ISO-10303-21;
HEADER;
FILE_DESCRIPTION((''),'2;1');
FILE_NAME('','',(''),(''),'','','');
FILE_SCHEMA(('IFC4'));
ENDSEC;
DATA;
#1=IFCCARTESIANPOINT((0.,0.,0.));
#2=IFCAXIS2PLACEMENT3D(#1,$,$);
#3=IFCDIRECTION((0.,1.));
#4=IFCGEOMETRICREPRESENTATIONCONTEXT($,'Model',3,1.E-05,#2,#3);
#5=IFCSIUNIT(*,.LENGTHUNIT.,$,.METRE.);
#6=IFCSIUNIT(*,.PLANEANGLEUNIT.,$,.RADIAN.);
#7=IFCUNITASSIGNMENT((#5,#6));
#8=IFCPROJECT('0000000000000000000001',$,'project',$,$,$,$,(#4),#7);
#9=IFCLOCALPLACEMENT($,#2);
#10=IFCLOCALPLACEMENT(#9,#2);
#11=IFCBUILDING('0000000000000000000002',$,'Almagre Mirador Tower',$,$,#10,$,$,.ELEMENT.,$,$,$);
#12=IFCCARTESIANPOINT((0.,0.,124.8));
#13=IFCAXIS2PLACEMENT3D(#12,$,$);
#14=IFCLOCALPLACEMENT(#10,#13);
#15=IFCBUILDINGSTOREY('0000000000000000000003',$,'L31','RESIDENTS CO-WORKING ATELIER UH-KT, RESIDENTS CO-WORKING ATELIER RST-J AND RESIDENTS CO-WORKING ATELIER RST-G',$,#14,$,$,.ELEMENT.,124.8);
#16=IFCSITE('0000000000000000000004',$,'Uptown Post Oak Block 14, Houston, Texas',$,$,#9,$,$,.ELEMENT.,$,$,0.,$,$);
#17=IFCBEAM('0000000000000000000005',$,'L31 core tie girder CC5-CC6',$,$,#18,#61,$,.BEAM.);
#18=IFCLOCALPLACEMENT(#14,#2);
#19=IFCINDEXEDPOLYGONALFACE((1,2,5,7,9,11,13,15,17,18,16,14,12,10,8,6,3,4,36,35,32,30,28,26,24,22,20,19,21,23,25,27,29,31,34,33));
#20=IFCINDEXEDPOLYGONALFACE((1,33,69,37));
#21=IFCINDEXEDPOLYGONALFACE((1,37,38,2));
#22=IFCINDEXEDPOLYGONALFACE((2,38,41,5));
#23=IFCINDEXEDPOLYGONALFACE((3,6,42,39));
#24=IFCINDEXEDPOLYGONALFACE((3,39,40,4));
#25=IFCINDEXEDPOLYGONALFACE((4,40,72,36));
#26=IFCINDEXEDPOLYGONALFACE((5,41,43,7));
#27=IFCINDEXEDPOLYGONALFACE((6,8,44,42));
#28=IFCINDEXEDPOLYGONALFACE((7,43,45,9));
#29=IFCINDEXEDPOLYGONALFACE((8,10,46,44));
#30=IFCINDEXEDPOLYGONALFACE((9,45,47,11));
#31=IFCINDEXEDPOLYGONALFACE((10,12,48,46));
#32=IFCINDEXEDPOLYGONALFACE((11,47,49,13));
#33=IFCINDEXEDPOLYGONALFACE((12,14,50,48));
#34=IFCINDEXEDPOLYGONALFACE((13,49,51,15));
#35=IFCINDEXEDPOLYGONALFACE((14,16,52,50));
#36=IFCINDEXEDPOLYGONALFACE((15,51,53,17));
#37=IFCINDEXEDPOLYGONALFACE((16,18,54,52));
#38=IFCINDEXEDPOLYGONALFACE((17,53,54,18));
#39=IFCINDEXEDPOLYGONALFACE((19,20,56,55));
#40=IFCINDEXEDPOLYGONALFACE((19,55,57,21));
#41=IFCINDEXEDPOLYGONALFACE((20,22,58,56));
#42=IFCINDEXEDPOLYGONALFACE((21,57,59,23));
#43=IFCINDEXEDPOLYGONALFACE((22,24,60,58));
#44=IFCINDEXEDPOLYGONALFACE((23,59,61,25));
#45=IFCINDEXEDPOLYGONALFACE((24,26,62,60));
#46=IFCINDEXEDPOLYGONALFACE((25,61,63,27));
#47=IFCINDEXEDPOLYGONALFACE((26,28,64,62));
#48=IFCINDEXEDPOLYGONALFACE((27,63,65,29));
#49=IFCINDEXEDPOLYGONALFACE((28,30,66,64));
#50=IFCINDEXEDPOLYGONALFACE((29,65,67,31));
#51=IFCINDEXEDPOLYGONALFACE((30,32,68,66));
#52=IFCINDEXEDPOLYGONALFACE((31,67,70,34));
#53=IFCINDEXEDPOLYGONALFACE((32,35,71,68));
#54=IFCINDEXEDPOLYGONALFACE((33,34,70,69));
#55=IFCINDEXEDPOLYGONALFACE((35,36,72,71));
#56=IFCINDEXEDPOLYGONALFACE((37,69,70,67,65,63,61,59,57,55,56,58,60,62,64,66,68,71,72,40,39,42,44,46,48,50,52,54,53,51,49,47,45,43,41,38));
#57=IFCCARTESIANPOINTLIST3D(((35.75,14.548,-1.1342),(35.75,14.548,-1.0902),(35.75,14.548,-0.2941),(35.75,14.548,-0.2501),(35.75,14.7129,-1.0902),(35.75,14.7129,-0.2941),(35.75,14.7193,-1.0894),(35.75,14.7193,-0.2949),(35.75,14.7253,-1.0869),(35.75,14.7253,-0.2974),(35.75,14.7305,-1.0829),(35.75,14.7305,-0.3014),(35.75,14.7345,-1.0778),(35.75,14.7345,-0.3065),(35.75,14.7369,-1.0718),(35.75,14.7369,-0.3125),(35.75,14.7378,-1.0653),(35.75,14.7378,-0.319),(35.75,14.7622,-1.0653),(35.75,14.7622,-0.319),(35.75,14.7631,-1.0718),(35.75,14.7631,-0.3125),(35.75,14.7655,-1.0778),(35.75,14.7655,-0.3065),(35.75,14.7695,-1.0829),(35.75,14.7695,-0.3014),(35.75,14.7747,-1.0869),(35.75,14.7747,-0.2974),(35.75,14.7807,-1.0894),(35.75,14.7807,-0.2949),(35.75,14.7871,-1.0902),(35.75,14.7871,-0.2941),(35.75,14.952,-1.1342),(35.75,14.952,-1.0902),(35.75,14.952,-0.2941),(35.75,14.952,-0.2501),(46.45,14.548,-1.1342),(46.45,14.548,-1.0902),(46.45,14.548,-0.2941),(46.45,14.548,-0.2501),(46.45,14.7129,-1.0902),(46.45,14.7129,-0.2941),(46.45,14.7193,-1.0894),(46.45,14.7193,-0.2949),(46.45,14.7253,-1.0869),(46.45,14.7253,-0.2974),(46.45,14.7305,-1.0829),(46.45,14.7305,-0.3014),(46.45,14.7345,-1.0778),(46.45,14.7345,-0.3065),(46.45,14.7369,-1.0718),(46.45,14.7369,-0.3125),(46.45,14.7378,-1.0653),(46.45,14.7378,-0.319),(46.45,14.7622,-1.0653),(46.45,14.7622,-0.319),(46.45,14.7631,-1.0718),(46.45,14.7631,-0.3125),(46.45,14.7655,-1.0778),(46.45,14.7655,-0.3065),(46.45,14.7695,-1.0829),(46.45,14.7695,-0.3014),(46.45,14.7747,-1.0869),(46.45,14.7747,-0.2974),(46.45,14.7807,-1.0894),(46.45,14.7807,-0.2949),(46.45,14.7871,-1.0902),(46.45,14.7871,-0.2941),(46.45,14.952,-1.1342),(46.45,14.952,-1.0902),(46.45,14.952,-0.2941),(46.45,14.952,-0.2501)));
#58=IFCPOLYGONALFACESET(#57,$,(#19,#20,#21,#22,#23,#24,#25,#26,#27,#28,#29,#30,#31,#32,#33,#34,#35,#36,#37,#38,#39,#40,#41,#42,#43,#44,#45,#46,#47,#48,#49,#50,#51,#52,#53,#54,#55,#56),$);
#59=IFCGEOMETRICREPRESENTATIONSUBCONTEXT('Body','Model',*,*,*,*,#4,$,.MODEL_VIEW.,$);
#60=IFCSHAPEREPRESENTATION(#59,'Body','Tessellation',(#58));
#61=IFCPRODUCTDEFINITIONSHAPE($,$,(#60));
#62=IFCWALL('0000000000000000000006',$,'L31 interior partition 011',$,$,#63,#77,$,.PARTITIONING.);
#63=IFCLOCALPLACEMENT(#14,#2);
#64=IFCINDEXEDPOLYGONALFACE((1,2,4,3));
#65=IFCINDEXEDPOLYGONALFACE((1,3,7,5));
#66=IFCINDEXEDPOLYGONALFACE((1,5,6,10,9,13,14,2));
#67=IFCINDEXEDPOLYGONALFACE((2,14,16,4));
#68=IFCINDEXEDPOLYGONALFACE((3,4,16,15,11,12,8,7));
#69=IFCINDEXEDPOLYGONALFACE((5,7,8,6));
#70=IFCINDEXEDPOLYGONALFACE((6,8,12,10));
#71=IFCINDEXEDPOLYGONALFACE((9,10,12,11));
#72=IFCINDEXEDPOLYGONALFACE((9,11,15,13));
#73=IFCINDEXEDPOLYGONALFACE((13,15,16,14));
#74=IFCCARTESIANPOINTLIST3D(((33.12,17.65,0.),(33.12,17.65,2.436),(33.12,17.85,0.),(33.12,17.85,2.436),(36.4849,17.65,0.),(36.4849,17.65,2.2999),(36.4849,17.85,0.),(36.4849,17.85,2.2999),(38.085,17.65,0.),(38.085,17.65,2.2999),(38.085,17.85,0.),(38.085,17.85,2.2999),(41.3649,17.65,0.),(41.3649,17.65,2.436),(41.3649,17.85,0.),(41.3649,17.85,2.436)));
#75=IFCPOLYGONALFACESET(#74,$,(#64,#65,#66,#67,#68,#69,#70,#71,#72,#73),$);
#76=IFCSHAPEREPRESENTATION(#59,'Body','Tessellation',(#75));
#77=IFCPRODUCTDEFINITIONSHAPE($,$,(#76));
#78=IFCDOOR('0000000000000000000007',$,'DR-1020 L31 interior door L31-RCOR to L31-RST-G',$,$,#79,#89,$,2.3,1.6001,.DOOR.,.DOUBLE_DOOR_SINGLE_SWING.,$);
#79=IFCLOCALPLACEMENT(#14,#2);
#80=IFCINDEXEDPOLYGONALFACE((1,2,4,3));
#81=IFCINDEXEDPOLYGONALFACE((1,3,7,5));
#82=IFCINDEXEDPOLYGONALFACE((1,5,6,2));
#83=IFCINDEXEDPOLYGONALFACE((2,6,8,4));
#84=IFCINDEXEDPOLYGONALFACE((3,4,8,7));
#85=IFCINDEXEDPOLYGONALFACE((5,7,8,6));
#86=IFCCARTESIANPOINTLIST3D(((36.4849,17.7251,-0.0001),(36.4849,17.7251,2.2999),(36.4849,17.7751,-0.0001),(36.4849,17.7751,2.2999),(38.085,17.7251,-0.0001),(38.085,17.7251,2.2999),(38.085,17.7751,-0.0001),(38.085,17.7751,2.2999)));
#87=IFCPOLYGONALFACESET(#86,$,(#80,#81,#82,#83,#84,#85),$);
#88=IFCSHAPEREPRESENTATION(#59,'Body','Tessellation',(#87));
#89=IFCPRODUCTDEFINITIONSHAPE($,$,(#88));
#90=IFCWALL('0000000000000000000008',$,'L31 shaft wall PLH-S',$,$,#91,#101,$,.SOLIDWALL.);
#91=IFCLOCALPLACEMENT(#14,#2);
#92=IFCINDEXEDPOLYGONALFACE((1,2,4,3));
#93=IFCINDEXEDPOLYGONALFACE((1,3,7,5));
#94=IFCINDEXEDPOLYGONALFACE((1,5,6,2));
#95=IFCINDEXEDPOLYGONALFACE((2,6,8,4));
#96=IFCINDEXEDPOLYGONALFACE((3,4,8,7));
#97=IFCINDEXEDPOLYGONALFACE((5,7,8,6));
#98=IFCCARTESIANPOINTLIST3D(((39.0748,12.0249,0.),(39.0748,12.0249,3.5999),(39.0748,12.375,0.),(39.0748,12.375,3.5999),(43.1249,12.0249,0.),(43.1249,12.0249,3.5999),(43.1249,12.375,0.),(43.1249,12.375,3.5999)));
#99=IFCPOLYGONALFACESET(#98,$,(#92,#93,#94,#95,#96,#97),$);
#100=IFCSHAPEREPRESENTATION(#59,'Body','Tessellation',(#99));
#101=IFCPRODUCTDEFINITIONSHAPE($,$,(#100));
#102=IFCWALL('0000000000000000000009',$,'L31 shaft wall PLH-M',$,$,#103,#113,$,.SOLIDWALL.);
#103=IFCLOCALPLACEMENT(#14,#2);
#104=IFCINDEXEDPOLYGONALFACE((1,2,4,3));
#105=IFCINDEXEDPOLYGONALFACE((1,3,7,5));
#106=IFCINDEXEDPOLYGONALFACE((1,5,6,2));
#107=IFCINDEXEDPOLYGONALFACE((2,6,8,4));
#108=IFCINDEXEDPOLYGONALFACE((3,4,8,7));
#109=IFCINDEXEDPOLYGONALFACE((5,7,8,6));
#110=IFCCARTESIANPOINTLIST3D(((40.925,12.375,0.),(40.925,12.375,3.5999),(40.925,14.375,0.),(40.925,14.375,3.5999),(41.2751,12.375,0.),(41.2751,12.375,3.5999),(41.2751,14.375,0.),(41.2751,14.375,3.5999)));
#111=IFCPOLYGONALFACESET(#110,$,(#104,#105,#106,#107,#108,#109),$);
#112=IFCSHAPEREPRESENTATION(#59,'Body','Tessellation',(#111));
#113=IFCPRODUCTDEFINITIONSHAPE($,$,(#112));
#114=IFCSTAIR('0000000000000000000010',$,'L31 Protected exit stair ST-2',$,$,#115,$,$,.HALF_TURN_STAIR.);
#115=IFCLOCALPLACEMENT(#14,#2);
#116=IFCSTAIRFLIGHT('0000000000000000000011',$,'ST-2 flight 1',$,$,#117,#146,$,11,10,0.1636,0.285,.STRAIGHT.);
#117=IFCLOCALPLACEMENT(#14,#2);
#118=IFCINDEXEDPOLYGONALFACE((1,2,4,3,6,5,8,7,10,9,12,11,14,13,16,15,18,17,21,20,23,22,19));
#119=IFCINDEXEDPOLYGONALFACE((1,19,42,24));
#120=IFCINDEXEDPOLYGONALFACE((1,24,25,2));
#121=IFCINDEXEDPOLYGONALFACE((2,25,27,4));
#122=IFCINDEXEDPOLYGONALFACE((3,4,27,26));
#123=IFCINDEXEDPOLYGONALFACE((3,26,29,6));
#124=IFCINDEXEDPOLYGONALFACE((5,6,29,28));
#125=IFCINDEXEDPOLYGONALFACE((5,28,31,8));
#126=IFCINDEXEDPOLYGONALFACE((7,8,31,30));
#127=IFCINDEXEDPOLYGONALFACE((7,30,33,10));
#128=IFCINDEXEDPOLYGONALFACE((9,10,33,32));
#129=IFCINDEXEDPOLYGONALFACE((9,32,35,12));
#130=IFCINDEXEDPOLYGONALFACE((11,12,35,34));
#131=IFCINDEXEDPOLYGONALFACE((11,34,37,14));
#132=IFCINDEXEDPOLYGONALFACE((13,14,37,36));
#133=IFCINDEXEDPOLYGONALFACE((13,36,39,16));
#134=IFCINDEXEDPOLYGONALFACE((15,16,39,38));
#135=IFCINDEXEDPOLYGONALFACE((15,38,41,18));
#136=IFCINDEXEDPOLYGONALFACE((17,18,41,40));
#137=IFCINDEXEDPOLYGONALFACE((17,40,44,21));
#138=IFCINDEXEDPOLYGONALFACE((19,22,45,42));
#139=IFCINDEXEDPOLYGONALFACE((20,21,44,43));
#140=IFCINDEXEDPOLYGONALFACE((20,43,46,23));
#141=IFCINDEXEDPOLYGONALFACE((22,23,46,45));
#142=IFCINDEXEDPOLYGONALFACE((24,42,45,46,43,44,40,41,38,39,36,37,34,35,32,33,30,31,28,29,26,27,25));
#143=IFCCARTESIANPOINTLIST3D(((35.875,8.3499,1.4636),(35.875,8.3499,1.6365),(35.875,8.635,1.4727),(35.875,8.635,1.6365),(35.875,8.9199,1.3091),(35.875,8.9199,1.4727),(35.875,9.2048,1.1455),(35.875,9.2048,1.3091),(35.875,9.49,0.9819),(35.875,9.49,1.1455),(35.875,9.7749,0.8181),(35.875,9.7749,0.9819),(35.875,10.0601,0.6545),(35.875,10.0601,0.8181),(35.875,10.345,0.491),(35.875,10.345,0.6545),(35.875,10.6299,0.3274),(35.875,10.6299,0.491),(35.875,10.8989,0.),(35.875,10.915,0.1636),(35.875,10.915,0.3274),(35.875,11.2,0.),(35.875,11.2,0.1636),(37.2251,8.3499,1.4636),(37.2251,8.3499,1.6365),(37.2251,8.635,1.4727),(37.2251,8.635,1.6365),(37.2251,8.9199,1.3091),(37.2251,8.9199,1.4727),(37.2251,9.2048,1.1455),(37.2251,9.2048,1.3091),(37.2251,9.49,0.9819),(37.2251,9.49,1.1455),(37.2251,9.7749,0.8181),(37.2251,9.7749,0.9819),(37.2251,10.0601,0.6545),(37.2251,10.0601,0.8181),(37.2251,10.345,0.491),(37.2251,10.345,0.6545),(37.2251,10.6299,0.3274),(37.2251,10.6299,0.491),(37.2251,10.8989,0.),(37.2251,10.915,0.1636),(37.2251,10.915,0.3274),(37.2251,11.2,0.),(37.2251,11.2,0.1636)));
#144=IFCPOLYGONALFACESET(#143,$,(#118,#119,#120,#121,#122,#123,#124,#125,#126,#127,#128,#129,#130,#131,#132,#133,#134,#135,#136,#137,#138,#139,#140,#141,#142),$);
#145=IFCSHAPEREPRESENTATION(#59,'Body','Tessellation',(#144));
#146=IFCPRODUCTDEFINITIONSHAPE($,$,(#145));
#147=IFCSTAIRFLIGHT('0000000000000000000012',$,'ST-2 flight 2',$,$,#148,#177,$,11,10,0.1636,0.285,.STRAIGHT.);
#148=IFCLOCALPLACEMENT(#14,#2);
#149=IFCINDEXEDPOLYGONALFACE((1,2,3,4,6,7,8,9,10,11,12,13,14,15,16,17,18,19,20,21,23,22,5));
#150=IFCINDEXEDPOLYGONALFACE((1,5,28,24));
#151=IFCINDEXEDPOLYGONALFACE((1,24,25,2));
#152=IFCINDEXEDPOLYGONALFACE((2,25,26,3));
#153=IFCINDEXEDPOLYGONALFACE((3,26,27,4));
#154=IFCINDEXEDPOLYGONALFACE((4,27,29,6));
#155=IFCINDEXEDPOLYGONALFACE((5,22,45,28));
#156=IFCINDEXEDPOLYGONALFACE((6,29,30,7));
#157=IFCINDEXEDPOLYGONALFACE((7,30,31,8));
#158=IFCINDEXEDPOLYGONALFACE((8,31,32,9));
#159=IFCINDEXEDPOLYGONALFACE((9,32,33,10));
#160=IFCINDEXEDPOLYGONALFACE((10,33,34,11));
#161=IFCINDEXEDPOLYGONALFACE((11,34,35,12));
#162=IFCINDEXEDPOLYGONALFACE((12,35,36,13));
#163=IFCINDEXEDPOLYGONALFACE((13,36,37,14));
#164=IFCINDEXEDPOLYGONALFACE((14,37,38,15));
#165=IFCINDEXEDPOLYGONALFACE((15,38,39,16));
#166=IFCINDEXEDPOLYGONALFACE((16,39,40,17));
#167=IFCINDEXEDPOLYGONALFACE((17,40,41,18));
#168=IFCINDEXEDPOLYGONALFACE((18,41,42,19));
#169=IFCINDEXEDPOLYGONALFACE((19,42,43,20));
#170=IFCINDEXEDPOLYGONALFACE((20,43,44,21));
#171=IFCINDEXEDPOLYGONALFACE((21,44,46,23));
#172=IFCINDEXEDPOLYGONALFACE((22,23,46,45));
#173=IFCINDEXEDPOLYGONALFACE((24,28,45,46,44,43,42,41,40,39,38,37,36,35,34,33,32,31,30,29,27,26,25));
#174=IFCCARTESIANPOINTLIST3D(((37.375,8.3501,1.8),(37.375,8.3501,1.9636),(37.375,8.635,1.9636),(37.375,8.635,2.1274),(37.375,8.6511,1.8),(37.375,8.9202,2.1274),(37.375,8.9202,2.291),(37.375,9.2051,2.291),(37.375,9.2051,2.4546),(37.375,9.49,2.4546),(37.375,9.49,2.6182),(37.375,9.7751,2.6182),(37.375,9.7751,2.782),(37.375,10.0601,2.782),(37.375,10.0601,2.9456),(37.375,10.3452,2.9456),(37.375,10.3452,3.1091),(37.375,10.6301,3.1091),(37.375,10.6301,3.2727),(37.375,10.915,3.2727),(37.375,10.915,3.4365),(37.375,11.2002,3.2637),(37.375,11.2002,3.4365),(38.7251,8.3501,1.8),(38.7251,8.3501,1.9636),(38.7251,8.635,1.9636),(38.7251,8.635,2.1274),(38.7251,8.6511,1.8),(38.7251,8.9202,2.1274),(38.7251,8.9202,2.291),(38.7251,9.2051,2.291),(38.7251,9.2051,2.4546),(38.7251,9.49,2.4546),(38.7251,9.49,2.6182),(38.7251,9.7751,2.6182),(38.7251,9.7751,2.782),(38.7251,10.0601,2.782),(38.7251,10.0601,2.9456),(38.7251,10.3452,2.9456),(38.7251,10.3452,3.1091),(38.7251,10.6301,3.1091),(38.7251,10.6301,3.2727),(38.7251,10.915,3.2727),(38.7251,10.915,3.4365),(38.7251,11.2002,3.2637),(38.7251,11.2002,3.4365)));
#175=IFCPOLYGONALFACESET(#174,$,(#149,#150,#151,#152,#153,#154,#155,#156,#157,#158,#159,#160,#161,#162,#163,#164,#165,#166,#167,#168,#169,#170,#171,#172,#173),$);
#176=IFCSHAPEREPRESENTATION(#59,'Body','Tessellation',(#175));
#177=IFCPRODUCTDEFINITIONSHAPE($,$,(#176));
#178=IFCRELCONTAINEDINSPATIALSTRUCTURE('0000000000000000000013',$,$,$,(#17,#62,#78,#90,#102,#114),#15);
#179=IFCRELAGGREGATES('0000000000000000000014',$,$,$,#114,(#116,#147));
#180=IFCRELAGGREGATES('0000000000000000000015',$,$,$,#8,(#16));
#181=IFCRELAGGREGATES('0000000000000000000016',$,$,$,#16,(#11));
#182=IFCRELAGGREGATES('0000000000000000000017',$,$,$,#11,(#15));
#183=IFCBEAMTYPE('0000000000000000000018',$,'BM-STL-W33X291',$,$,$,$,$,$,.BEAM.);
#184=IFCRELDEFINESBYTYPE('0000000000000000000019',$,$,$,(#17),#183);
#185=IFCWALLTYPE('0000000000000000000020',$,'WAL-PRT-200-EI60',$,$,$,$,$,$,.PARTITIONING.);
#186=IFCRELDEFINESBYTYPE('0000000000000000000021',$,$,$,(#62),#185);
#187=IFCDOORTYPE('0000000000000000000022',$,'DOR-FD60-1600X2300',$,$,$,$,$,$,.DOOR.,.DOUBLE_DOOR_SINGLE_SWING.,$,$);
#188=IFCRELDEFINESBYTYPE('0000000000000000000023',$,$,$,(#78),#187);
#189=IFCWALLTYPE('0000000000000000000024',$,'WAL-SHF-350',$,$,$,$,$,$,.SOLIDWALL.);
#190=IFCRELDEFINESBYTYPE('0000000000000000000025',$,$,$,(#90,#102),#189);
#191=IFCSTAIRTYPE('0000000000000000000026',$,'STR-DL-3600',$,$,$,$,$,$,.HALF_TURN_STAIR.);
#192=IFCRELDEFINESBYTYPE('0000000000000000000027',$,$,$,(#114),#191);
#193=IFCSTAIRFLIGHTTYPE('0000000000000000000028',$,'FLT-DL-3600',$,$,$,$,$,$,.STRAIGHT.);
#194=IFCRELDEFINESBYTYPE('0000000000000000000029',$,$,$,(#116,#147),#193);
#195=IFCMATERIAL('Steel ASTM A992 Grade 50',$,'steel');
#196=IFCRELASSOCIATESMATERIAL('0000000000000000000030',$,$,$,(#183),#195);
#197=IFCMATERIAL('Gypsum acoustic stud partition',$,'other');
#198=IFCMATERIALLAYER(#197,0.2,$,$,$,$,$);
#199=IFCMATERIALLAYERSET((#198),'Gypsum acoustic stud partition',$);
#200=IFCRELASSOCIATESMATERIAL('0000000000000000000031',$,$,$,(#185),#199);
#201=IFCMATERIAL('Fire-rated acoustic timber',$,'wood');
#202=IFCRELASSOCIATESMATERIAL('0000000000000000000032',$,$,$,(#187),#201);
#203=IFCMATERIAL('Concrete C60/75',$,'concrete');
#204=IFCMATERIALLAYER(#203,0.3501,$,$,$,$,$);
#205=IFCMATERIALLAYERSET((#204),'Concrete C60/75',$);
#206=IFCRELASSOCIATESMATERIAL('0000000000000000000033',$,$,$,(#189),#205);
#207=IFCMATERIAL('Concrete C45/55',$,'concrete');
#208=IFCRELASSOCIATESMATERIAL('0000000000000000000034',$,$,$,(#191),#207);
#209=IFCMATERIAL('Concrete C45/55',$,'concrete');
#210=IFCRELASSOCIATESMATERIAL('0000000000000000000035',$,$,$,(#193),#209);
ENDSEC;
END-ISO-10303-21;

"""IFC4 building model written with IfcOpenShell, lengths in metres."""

from ifc_helpers import new_model, si_unit, direction, frame, frame_2d, origin, origin_2d, place, context, subcontext, project, spatial, polyline, rectangle, i_section, outline, extrude, material, layer, layer_set, material_profile, profile_set, type_object, element, fill, aggregate, save


model = new_model("IFC4")

# Units and contexts
model_context = context("Model", 3, precision=1e-05, world=origin(), true_north=direction((0.0, 1.0)))
body_context = subcontext(model_context, "Body", "Model", "MODEL_VIEW")
ifc_project = project(units=[si_unit("LENGTHUNIT", "METRE"), si_unit("PLANEANGLEUNIT", "RADIAN")], contexts=[model_context])

# Site, building, storey
site_placement = place(None, origin())
site = spatial("IfcSite", under=ifc_project, at=site_placement, Name="Uptown Post Oak Block 14, Houston, Texas", CompositionType="ELEMENT", RefElevation=0.0)
building_placement = place(site_placement, origin())
building = spatial("IfcBuilding", under=site, at=building_placement, Name="Almagre Mirador Tower", CompositionType="ELEMENT")
storey_placement = place(building_placement, frame((0.0, 0.0, 124.8)))
storey = spatial("IfcBuildingStorey", under=building, at=storey_placement, Name="L31", Description="RESIDENTS CO-WORKING ATELIER UH-KT, RESIDENTS CO-WORKING ATELIER RST-J AND RESIDENTS CO-WORKING ATELIER RST-G", CompositionType="ELEMENT", Elevation=124.8)

# Beam
ifc_material_1 = material(Name="Steel ASTM A992 Grade 50", Category="steel")
ifc_material_profile = material_profile(ifc_material_1, i_section(OverallWidth=0.4041, OverallDepth=0.884, WebThickness=0.0244, FlangeThickness=0.0439, FilletRadius=0.0249, at=origin_2d()), Name="W33X291")
ifc_profile_set = profile_set([ifc_material_profile], Name="Steel ASTM A992 Grade 50")
beam_type = type_object("IfcBeamType", Name="BM-STL-W33X291", PredefinedType="BEAM", material=ifc_profile_set)
beam_placement = place(storey_placement, frame((35.75, 14.75, -0.6921), z_axis=(1.0, 0.0, 0.0), x_axis=(0.0, 1.0, 0.0)))
element("IfcBeam", 1, at=beam_placement, inside=storey, type_object=beam_type, Name="L31 core tie girder CC5-CC6", PredefinedType="BEAM", context=body_context, shape_type="SweptSolid", body=[
    extrude(i_section(OverallWidth=0.4041, OverallDepth=0.884, WebThickness=0.0244, FlangeThickness=0.0439, FilletRadius=0.0249, at=origin_2d()), origin(), (0.0, 0.0, 1.0), 10.7),
])

# Wall, opening, door
ifc_material_2 = material(Name="Gypsum acoustic stud partition", Category="other")
ifc_layer_1 = layer(ifc_material_2, 0.2)
ifc_layer_set_1 = layer_set([ifc_layer_1], Name="Gypsum acoustic stud partition")
wall_type_1 = type_object("IfcWallType", Name="WAL-PRT-200-EI60", PredefinedType="PARTITIONING", material=ifc_layer_set_1)
wall_1_placement = place(storey_placement, frame((41.365, 17.75, 0.0), z_axis=(0.0, 0.0, 1.0), x_axis=(-1.0, 0.0, 0.0)))
wall_1 = element("IfcWall", 2, at=wall_1_placement, inside=storey, type_object=wall_type_1, Name="L31 interior partition 011", PredefinedType="PARTITIONING", context=body_context, shape_type="SweptSolid", body=[
    extrude(rectangle(XDim=8.2449, YDim=0.2, at=frame_2d((4.1226, 0.0))), origin(), (0.0, 0.0, 1.0), 2.436),
])
opening_1_placement = place(wall_1_placement, frame((3.28, 0.0, 0.0)))
opening_1 = element("IfcOpeningElement", 3, at=opening_1_placement, cuts=wall_1, PredefinedType="OPENING", context=body_context, shape_type="SweptSolid", body=[
    extrude(rectangle(XDim=1.6001, YDim=2.3, at=frame_2d((0.8, 1.1499))), frame((0.0, 0.1101, 0.0), z_axis=(0.0, -1.0, 0.0), x_axis=(1.0, 0.0, 0.0)), (0.0, 0.0, 1.0), 0.22),
])
ifc_material_3 = material(Name="Fire-rated acoustic timber", Category="wood")
door_type_1 = type_object("IfcDoorType", Name="DOR-FD60-1600X2300", OperationType="DOUBLE_DOOR_SINGLE_SWING", PredefinedType="DOOR", material=ifc_material_3)
door_1_placement = place(opening_1_placement, origin())
door_1 = element("IfcDoor", 4, at=door_1_placement, inside=storey, type_object=door_type_1, Name="DR-1020 L31 interior door L31-RCOR to L31-RST-G", OperationType="DOUBLE_DOOR_SINGLE_SWING", OverallHeight=2.3, OverallWidth=1.6001, PredefinedType="DOOR", context=body_context, shape_type="SweptSolid", body=[
    extrude(rectangle(XDim=1.6001, YDim=2.3, at=frame_2d((0.8, 1.1499))), frame((0.0, 0.0249, 0.0), z_axis=(0.0, -1.0, 0.0), x_axis=(1.0, 0.0, 0.0)), (0.0, 0.0, 1.0), 0.05),
])
fill(opening_1, door_1)

# Walls
ifc_material_4 = material(Name="Concrete C60/75", Category="concrete")
ifc_layer_2 = layer(ifc_material_4, 0.3501)
ifc_layer_set_2 = layer_set([ifc_layer_2], Name="Concrete C60/75")
wall_type_2 = type_object("IfcWallType", Name="WAL-SHF-350", PredefinedType="SOLIDWALL", material=ifc_layer_set_2)
wall_2_placement = place(storey_placement, frame((39.075, 12.2, 0.0), z_axis=(0.0, 0.0, 1.0), x_axis=(1.0, 0.0, 0.0)))
element("IfcWall", 5, at=wall_2_placement, inside=storey, type_object=wall_type_2, Name="L31 shaft wall PLH-S", PredefinedType="SOLIDWALL", context=body_context, shape_type="SweptSolid", body=[
    extrude(rectangle(XDim=4.05, YDim=0.3501, at=frame_2d((2.0249, 0.0))), origin(), (0.0, 0.0, 1.0), 3.5999),
])
wall_3_placement = place(storey_placement, frame((41.1001, 12.375, 0.0), z_axis=(0.0, 0.0, 1.0), x_axis=(0.0, 1.0, 0.0)))
element("IfcWall", 6, at=wall_3_placement, inside=storey, type_object=wall_type_2, Name="L31 shaft wall PLH-M", PredefinedType="SOLIDWALL", context=body_context, shape_type="SweptSolid", body=[
    extrude(rectangle(XDim=2.0, YDim=0.3501, at=frame_2d((1.0, 0.0))), origin(), (0.0, 0.0, 1.0), 3.5999),
])

# Stair, stair flights
ifc_material_5 = material(Name="Concrete C45/55", Category="concrete")
stair_type = type_object("IfcStairType", Name="STR-DL-3600", PredefinedType="HALF_TURN_STAIR", material=ifc_material_5)
stair_1_placement = place(storey_placement, origin())
stair_1 = element("IfcStair", 7, at=stair_1_placement, inside=storey, type_object=stair_type, Name="L31 Protected exit stair ST-2", PredefinedType="HALF_TURN_STAIR")
ifc_material_6 = material(Name="Concrete C45/55", Category="concrete")
stair_flight_type = type_object("IfcStairFlightType", Name="FLT-DL-3600", PredefinedType="STRAIGHT", material=ifc_material_6)
stair_flight_1_placement = place(storey_placement, frame((36.55, 11.2, 0.0), z_axis=(0.0, 0.0, 1.0), x_axis=(0.0, -1.0, 0.0)))
stair_flight_1 = element("IfcStairFlight", 8, at=stair_flight_1_placement, type_object=stair_flight_type, Name="ST-2 flight 1", NumberOfRisers=11, NumberOfTreads=10, PredefinedType="STRAIGHT", RiserHeight=0.1636, TreadLength=0.285, context=body_context, shape_type="SweptSolid", body=[
    extrude(outline(polyline([(0.0, 0.0), (0.0, 0.1636), (0.2849, 0.1636), (0.2849, 0.3274), (0.5701, 0.3274), (0.5701, 0.491), (0.855, 0.491), (0.855, 0.6545), (1.1399, 0.6545), (1.1399, 0.8181), (1.425, 0.8181), (1.425, 0.9819), (1.71, 0.9819), (1.71, 1.1455), (1.9951, 1.1455), (1.9951, 1.3091), (2.28, 1.3091), (2.28, 1.4727), (2.5649, 1.4727), (2.5649, 1.6365), (2.8501, 1.6365), (2.8501, 1.8), (2.8501, 1.4636), (0.301, 0.0), (0.0, 0.0)])), frame((0.0, 0.675, 0.0), z_axis=(0.0, -1.0, 0.0), x_axis=(1.0, 0.0, 0.0)), (0.0, 0.0, 1.0), 1.3501),
])
stair_flight_2_placement = place(storey_placement, frame((38.05, 8.3501, 1.8), z_axis=(0.0, 0.0, 1.0), x_axis=(0.0, 1.0, 0.0)))
stair_flight_2 = element("IfcStairFlight", 9, at=stair_flight_2_placement, type_object=stair_flight_type, Name="ST-2 flight 2", NumberOfRisers=11, NumberOfTreads=10, PredefinedType="STRAIGHT", RiserHeight=0.1636, TreadLength=0.285, context=body_context, shape_type="SweptSolid", body=[
    extrude(outline(polyline([(0.0, 0.0), (0.0, 0.1636), (0.2849, 0.1636), (0.2849, 0.3274), (0.5701, 0.3274), (0.5701, 0.491), (0.855, 0.491), (0.855, 0.6545), (1.1399, 0.6545), (1.1399, 0.8181), (1.425, 0.8181), (1.425, 0.9819), (1.71, 0.9819), (1.71, 1.1455), (1.9951, 1.1455), (1.9951, 1.3091), (2.28, 1.3091), (2.28, 1.4727), (2.5649, 1.4727), (2.5649, 1.6365), (2.8501, 1.6365), (2.8501, 1.8), (2.8501, 1.4636), (0.301, 0.0), (0.0, 0.0)])), frame((0.0, 0.675, 0.0), z_axis=(0.0, -1.0, 0.0), x_axis=(1.0, 0.0, 0.0)), (0.0, 0.0, 1.0), 1.3501),
])
aggregate(stair_1, [stair_flight_1, stair_flight_2])

save(model, "model.ifc")
